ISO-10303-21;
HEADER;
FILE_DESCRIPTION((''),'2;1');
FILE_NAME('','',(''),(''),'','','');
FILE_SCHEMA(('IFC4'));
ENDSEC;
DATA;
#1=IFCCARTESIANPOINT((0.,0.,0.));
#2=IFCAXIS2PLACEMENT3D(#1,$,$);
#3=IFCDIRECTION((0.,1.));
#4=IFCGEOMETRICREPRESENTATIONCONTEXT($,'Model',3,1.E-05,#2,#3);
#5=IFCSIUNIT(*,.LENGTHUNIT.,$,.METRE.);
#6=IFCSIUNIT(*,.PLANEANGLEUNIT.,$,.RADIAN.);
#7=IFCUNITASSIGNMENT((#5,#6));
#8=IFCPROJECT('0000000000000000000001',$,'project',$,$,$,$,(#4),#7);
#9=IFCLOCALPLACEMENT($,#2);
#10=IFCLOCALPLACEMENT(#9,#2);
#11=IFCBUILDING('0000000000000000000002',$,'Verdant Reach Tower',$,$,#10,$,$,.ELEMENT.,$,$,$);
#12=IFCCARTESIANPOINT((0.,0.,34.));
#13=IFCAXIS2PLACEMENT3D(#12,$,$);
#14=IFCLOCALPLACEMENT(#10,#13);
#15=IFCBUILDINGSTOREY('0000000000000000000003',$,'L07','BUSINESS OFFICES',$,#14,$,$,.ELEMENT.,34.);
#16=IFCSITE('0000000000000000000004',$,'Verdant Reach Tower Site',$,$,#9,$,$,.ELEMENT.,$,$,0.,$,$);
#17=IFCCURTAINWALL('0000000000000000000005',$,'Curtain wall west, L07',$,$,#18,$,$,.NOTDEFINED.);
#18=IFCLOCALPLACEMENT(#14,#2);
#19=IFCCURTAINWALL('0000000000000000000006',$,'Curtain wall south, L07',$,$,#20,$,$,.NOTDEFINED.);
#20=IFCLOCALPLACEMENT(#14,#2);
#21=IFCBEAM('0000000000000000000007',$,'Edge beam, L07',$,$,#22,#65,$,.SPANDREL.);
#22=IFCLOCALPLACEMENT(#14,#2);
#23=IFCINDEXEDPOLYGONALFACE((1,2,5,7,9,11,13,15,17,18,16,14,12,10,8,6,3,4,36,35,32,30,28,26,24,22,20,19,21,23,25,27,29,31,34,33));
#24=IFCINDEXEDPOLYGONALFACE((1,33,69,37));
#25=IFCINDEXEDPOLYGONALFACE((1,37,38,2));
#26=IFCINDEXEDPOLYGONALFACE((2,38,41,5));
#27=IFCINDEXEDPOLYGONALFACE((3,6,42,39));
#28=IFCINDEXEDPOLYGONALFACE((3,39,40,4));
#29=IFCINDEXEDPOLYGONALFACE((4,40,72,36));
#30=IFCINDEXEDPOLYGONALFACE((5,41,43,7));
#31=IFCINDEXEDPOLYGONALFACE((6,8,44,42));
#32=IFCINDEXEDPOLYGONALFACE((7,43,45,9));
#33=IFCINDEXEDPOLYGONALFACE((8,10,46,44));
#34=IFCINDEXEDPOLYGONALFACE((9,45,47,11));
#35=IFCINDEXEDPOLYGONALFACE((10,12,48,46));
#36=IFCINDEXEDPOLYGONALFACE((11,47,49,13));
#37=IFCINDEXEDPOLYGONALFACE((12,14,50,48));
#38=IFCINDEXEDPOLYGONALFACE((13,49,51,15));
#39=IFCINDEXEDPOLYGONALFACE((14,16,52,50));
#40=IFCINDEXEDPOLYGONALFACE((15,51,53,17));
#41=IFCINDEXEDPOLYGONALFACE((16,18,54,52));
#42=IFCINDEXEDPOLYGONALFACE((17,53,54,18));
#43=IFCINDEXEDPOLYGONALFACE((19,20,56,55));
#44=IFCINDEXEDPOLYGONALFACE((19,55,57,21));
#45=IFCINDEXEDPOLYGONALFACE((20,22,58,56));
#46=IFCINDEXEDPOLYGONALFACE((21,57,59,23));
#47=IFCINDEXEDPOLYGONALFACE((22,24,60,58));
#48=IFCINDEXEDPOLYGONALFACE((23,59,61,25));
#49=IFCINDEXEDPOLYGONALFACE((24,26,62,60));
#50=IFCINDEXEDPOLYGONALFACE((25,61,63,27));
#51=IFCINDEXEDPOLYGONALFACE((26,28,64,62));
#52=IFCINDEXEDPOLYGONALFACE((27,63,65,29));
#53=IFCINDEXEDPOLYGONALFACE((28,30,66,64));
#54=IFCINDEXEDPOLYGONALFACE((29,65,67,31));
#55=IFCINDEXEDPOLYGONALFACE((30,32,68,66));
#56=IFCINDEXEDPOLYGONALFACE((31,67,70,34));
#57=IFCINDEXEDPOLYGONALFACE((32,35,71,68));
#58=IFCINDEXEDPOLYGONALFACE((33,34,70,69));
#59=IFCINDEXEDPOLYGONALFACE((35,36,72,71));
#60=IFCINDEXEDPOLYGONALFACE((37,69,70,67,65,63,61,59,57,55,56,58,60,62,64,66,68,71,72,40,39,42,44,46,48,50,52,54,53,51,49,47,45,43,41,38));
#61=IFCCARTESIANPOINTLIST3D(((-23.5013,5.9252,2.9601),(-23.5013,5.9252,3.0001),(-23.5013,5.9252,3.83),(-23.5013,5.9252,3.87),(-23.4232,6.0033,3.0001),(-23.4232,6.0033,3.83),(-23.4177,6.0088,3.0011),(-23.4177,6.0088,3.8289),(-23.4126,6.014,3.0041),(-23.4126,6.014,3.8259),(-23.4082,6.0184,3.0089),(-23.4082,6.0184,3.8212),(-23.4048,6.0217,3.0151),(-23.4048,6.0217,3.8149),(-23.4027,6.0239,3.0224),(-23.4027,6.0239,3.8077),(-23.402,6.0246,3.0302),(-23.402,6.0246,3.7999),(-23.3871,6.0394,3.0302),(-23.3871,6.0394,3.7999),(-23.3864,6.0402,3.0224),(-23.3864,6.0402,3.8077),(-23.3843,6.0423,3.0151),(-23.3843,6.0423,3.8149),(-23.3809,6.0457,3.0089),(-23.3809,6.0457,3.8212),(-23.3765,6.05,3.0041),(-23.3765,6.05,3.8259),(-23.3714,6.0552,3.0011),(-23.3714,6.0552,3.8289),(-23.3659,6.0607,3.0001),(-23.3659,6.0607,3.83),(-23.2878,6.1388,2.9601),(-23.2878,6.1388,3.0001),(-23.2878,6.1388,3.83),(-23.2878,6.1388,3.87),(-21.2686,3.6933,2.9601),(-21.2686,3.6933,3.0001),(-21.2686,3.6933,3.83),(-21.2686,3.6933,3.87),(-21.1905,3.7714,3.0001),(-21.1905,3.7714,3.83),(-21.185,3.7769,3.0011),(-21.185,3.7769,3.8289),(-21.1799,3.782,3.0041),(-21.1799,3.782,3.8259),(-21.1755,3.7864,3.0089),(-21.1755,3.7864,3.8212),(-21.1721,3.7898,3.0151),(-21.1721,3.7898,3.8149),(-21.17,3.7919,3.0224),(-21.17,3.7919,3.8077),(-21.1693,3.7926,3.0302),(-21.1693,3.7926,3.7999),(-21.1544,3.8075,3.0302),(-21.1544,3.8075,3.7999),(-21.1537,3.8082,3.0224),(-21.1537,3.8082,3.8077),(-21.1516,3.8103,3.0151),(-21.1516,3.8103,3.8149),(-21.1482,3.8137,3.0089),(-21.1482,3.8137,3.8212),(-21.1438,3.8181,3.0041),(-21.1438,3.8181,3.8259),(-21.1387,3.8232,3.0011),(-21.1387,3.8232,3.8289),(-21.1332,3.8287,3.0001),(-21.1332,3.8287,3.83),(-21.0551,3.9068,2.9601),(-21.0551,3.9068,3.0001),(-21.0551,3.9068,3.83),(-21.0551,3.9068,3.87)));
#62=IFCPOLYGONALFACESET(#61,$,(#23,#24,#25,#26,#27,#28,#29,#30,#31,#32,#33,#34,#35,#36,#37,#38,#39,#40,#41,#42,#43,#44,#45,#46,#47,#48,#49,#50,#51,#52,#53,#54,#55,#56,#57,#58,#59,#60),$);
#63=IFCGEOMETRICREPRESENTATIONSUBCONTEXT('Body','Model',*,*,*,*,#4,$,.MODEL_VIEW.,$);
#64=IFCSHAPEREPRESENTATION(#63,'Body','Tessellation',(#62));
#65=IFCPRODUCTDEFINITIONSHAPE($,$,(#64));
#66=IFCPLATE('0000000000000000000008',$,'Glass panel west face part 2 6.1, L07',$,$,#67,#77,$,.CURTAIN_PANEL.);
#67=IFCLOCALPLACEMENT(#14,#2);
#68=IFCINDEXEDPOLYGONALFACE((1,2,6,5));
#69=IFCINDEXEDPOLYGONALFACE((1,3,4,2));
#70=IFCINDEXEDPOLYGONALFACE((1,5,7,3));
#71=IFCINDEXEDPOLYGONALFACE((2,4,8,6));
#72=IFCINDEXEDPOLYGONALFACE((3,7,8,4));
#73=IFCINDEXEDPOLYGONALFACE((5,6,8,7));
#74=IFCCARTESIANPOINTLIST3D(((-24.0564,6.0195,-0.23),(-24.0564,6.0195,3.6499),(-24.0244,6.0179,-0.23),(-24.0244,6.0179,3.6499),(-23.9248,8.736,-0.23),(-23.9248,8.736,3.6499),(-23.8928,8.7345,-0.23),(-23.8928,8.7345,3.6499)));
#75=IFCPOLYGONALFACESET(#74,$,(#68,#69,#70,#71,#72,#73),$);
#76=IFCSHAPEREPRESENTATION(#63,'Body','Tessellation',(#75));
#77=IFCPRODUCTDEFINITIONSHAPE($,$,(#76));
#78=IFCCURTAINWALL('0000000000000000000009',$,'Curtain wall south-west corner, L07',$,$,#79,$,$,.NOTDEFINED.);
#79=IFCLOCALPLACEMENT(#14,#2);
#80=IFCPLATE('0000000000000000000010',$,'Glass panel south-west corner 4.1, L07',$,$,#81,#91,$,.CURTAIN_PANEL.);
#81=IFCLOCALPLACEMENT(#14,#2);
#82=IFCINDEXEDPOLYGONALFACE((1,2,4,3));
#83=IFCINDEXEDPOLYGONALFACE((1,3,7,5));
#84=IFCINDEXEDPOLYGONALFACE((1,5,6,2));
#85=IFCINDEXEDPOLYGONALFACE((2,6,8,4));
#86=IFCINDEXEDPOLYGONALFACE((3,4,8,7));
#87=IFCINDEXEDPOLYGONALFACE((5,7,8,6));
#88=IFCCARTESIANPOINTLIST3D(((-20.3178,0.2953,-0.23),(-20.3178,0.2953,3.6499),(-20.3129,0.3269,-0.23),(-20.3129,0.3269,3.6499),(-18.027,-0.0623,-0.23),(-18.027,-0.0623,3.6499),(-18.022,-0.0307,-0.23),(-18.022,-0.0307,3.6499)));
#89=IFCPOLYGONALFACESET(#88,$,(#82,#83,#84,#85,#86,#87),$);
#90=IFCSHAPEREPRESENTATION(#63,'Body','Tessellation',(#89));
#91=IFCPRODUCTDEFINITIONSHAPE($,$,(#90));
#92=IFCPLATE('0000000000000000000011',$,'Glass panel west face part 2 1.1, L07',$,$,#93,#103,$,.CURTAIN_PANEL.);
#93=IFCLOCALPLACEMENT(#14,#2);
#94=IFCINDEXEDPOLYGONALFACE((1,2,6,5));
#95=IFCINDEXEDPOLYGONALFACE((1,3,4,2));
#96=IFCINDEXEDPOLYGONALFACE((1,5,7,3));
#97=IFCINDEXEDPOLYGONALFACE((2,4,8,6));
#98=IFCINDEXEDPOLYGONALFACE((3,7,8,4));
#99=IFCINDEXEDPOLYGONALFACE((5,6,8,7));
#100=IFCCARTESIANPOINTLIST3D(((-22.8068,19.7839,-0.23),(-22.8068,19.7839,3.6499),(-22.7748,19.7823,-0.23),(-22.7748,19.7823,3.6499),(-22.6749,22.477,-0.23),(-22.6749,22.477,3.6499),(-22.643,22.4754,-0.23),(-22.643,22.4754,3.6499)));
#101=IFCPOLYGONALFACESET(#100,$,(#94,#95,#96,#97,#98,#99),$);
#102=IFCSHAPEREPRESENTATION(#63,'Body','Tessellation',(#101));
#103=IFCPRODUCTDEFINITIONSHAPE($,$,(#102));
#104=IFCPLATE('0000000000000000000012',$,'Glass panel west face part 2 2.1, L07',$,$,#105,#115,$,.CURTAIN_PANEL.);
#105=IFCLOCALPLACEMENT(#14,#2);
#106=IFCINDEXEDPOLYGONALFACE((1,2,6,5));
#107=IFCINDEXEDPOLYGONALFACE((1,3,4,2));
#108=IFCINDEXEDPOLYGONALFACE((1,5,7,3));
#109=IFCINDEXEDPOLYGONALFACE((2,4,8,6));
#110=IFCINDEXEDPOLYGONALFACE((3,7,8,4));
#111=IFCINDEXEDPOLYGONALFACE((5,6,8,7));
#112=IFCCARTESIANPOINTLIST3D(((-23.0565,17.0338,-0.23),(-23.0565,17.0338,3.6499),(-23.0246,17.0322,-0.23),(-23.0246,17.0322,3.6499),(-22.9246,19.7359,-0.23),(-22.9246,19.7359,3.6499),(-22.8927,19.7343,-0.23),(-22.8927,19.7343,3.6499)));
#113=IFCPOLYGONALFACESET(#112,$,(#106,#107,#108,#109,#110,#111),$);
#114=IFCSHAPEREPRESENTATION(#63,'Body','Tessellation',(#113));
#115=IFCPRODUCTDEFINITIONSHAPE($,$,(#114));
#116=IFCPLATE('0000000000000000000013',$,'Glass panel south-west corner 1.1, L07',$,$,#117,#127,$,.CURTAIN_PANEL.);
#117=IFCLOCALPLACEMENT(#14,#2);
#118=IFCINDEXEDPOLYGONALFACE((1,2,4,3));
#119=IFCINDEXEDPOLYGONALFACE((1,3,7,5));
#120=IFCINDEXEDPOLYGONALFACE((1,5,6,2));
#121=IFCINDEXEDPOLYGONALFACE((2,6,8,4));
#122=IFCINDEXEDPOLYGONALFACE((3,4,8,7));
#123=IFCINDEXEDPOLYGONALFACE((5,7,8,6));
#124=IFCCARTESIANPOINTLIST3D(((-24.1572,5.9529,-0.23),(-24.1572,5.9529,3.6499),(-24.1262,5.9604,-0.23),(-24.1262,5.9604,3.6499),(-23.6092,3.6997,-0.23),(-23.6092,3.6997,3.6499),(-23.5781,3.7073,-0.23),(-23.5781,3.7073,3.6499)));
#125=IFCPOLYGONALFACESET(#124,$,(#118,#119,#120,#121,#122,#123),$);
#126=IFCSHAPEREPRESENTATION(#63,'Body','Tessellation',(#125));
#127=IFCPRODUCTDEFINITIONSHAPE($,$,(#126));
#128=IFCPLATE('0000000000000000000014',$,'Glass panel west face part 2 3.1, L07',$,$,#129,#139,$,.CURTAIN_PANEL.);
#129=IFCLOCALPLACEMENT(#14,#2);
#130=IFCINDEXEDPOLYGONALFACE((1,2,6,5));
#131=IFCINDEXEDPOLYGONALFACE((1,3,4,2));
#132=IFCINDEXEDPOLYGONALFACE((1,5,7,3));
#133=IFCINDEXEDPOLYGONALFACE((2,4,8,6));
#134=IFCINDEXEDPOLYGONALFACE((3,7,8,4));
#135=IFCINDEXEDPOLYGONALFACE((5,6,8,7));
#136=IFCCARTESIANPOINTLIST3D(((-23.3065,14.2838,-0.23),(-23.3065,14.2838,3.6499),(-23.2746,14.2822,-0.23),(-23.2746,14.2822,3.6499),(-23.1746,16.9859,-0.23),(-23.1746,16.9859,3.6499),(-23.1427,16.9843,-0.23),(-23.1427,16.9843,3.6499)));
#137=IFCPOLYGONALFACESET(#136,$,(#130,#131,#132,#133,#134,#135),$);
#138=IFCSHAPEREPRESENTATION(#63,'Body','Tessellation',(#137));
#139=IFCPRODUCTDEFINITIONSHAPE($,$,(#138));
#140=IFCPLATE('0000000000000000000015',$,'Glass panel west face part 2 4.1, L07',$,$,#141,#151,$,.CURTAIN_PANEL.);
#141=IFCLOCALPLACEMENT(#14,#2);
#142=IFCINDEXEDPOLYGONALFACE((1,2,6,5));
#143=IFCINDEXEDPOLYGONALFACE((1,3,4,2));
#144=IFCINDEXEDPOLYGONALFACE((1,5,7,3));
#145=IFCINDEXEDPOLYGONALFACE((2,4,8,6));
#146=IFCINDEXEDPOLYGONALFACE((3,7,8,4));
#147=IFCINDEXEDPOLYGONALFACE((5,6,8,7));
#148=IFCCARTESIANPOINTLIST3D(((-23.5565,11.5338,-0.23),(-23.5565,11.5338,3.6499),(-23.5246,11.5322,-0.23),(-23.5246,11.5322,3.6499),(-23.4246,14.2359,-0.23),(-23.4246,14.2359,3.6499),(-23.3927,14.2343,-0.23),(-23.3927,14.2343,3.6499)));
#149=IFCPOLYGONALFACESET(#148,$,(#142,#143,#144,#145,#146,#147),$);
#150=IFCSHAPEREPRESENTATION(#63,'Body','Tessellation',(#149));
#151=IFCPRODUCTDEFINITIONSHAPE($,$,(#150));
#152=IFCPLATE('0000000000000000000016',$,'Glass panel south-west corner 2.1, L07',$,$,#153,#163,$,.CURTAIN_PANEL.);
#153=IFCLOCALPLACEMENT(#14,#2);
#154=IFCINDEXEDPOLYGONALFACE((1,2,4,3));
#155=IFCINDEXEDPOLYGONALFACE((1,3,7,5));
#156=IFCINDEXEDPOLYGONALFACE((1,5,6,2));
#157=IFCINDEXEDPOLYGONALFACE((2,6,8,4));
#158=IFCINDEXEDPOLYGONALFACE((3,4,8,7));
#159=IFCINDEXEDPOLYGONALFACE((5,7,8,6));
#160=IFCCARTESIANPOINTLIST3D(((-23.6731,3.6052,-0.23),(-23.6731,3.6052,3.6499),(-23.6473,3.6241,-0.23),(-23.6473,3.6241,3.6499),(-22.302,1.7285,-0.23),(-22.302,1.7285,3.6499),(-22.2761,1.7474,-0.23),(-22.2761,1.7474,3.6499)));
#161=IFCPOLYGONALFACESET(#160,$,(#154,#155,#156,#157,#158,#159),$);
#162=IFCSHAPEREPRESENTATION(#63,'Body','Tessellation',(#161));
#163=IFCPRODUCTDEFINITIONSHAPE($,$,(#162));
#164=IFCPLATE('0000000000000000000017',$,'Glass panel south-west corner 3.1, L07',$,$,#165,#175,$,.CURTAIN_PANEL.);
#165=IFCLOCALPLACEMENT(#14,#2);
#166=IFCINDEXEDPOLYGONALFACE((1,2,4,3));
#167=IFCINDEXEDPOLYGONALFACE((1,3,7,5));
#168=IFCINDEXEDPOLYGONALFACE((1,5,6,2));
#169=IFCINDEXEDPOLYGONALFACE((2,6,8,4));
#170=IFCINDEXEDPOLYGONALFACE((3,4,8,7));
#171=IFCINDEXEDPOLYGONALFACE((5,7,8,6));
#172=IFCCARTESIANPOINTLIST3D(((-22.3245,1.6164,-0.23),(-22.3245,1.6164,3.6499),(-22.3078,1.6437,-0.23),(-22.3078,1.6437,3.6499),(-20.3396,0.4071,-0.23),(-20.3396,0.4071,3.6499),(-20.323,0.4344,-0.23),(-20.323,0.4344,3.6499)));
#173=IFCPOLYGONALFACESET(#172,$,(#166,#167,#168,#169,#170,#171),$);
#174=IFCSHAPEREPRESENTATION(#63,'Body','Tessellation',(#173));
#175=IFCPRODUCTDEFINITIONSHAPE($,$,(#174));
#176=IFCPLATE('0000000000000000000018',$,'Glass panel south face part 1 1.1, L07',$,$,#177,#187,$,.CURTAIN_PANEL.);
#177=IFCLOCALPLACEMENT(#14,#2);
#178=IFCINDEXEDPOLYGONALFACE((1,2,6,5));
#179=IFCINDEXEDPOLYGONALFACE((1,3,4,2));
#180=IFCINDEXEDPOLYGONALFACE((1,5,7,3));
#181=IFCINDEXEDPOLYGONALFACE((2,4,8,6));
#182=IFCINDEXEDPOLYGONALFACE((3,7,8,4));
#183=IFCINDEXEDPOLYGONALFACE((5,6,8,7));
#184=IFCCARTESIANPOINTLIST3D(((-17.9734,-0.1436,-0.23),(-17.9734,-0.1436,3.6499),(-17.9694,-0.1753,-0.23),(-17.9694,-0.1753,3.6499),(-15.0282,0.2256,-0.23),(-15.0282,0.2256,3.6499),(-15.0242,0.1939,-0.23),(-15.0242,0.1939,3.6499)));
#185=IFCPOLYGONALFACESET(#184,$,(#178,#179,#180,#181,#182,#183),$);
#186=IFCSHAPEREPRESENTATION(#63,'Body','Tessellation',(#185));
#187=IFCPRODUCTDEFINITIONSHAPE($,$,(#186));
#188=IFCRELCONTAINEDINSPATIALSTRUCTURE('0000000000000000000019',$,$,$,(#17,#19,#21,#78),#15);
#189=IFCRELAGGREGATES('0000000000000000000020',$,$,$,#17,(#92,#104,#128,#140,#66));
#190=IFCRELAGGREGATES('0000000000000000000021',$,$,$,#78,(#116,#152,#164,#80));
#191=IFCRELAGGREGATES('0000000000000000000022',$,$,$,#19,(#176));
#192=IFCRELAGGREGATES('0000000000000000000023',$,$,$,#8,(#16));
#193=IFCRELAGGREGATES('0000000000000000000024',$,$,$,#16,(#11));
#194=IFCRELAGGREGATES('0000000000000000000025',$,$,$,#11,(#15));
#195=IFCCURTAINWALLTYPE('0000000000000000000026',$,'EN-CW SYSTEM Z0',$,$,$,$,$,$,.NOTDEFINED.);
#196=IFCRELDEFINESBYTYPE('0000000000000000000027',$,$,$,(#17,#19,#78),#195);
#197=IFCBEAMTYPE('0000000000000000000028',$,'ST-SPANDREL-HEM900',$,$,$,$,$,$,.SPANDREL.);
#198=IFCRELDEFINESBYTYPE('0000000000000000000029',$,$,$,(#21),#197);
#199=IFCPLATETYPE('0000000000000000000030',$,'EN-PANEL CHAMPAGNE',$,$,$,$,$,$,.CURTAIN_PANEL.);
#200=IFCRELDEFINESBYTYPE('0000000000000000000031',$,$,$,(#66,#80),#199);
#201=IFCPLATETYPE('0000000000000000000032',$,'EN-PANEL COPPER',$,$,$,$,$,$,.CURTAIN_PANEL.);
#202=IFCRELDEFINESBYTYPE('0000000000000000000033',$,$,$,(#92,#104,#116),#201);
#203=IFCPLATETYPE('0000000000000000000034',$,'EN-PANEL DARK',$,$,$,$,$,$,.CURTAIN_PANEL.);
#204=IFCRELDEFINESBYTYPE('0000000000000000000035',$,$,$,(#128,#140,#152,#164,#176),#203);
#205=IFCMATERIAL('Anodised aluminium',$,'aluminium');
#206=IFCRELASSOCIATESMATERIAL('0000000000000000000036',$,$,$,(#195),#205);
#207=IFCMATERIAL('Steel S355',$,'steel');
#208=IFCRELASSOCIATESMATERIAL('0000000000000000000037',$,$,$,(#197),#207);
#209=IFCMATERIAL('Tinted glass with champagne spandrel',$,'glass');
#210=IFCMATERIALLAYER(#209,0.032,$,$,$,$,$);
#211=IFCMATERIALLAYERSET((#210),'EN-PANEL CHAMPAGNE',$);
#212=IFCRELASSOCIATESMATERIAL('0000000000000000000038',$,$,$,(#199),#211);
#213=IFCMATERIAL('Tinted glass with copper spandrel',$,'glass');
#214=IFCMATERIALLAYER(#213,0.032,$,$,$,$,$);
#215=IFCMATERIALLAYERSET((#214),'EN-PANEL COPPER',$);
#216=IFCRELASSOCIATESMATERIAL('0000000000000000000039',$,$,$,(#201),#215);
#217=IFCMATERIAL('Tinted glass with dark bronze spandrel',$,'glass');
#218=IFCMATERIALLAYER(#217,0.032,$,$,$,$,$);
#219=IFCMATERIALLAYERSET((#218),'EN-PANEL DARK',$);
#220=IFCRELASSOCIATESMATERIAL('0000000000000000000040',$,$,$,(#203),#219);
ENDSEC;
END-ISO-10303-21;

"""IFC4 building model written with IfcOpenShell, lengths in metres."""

from ifc_helpers import new_model, si_unit, direction, frame, origin, origin_2d, place, context, subcontext, project, spatial, rectangle, i_section, extrude, material, layer, layer_set, material_profile, profile_set, type_object, element, aggregate, save


model = new_model("IFC4")

# Units and contexts
model_context = context("Model", 3, precision=1e-05, world=origin(), true_north=direction((0.0, 1.0)))
body_context = subcontext(model_context, "Body", "Model", "MODEL_VIEW")
ifc_project = project(units=[si_unit("LENGTHUNIT", "METRE"), si_unit("PLANEANGLEUNIT", "RADIAN")], contexts=[model_context])

# Site, building, storey
site_placement = place(None, origin())
site = spatial("IfcSite", under=ifc_project, at=site_placement, Name="Verdant Reach Tower Site", CompositionType="ELEMENT", RefElevation=0.0)
building_placement = place(site_placement, origin())
building = spatial("IfcBuilding", under=site, at=building_placement, Name="Verdant Reach Tower", CompositionType="ELEMENT")
storey_placement = place(building_placement, frame((0.0, 0.0, 34.0)))
storey = spatial("IfcBuildingStorey", under=building, at=storey_placement, Name="L07", Description="BUSINESS OFFICES", CompositionType="ELEMENT", Elevation=34.0)

# Curtain wall
ifc_material_1 = material(Name="Anodised aluminium", Category="aluminium")
curtain_wall_type = type_object("IfcCurtainWallType", Name="EN-CW SYSTEM Z0", PredefinedType="NOTDEFINED", material=ifc_material_1)
curtain_wall_1_placement = place(storey_placement, origin())
curtain_wall_1 = element("IfcCurtainWall", 1, at=curtain_wall_1_placement, inside=storey, type_object=curtain_wall_type, Name="Curtain wall west, L07", PredefinedType="NOTDEFINED")

# Curtain wall
curtain_wall_2_placement = place(storey_placement, origin())
curtain_wall_2 = element("IfcCurtainWall", 2, at=curtain_wall_2_placement, inside=storey, type_object=curtain_wall_type, Name="Curtain wall south, L07", PredefinedType="NOTDEFINED")

# Beam
ifc_material_2 = material(Name="Steel S355", Category="steel")
ifc_material_profile_1 = material_profile(ifc_material_2, i_section(OverallWidth=0.302, OverallDepth=0.9099, WebThickness=0.021, FlangeThickness=0.04, FilletRadius=0.03, at=origin_2d()), Name="HEM 900")
ifc_profile_set_1 = profile_set([ifc_material_profile_1], Name="Steel S355")
beam_type_1 = type_object("IfcBeamType", Name="ST-SPANDREL-HEM900", PredefinedType="SPANDREL", material=ifc_profile_set_1)
beam_1_placement = place(storey_placement, frame((-21.1619, 3.8, 3.415), z_axis=(-0.707223, 0.706991, 0.0), x_axis=(-0.706991, -0.707223, 0.0)))
element("IfcBeam", 3, at=beam_1_placement, inside=storey, type_object=beam_type_1, Name="Edge beam, L07", PredefinedType="SPANDREL", context=body_context, shape_type="SweptSolid", body=[
    extrude(i_section(OverallWidth=0.302, OverallDepth=0.9099, WebThickness=0.021, FlangeThickness=0.04, FilletRadius=0.03, at=origin_2d()), origin(), (0.0, 0.0, 1.0), 3.157),
])

# Plate
ifc_material_3 = material(Name="Tinted glass with champagne spandrel", Category="glass")
ifc_layer_1 = layer(ifc_material_3, 0.032)
ifc_layer_set_1 = layer_set([ifc_layer_1], Name="EN-PANEL CHAMPAGNE")
plate_type_1 = type_object("IfcPlateType", Name="EN-PANEL CHAMPAGNE", PredefinedType="CURTAIN_PANEL", material=ifc_layer_set_1)
plate_1_placement = place(storey_placement, frame((-23.9746, 7.377, -0.23), z_axis=(0.0, 0.0, 1.0), x_axis=(-0.048383, -0.998829, 0.0)))
plate_1 = element("IfcPlate", 4, at=plate_1_placement, type_object=plate_type_1, Name="Glass panel west face part 2 6.1, L07", PredefinedType="CURTAIN_PANEL", context=body_context, shape_type="SweptSolid", body=[
    extrude(rectangle(XDim=2.7197, YDim=0.032, at=origin_2d()), origin(), (0.0, 0.0, 1.0), 3.8799),
])

# Curtain wall, plate
curtain_wall_3_placement = place(storey_placement, origin())
curtain_wall_3 = element("IfcCurtainWall", 5, at=curtain_wall_3_placement, inside=storey, type_object=curtain_wall_type, Name="Curtain wall south-west corner, L07", PredefinedType="NOTDEFINED")
plate_2_placement = place(storey_placement, frame((-19.1699, 0.1323, -0.23), z_axis=(0.0, 0.0, 1.0), x_axis=(0.988035, -0.154233, 0.0)))
plate_2 = element("IfcPlate", 6, at=plate_2_placement, type_object=plate_type_1, Name="Glass panel south-west corner 4.1, L07", PredefinedType="CURTAIN_PANEL", context=body_context, shape_type="SweptSolid", body=[
    extrude(rectangle(XDim=2.3186, YDim=0.032, at=origin_2d()), origin(), (0.0, 0.0, 1.0), 3.8799),
])

# Plates
ifc_material_4 = material(Name="Tinted glass with copper spandrel", Category="glass")
ifc_layer_2 = layer(ifc_material_4, 0.032)
ifc_layer_set_2 = layer_set([ifc_layer_2], Name="EN-PANEL COPPER")
plate_type_2 = type_object("IfcPlateType", Name="EN-PANEL COPPER", PredefinedType="CURTAIN_PANEL", material=ifc_layer_set_2)
plate_3_placement = place(storey_placement, frame((-22.7249, 21.1296, -0.23), z_axis=(0.0, 0.0, 1.0), x_axis=(-0.048902, -0.998804, 0.0)))
plate_3 = element("IfcPlate", 7, at=plate_3_placement, type_object=plate_type_2, Name="Glass panel west face part 2 1.1, L07", PredefinedType="CURTAIN_PANEL", context=body_context, shape_type="SweptSolid", body=[
    extrude(rectangle(XDim=2.6963, YDim=0.032, at=origin_2d()), origin(), (0.0, 0.0, 1.0), 3.8799),
])
plate_4_placement = place(storey_placement, frame((-22.9746, 18.384, -0.23), z_axis=(0.0, 0.0, 1.0), x_axis=(-0.048753, -0.998811, 0.0)))
plate_4 = element("IfcPlate", 8, at=plate_4_placement, type_object=plate_type_2, Name="Glass panel west face part 2 2.1, L07", PredefinedType="CURTAIN_PANEL", context=body_context, shape_type="SweptSolid", body=[
    extrude(rectangle(XDim=2.7053, YDim=0.032, at=origin_2d()), origin(), (0.0, 0.0, 1.0), 3.8799),
])
plate_5_placement = place(storey_placement, frame((-23.8677, 4.8301, -0.23), z_axis=(0.0, 0.0, 1.0), x_axis=(0.236347, -0.971669, 0.0)))
plate_5 = element("IfcPlate", 9, at=plate_5_placement, type_object=plate_type_2, Name="Glass panel south-west corner 1.1, L07", PredefinedType="CURTAIN_PANEL", context=body_context, shape_type="SweptSolid", body=[
    extrude(rectangle(XDim=2.3188, YDim=0.032, at=origin_2d()), origin(), (0.0, 0.0, 1.0), 3.8799),
])
ifc_material_5 = material(Name="Tinted glass with dark bronze spandrel", Category="glass")
ifc_layer_3 = layer(ifc_material_5, 0.032)
ifc_layer_set_3 = layer_set([ifc_layer_3], Name="EN-PANEL DARK")
plate_type_3 = type_object("IfcPlateType", Name="EN-PANEL DARK", PredefinedType="CURTAIN_PANEL", material=ifc_layer_set_3)
plate_6_placement = place(storey_placement, frame((-23.2246, 15.634, -0.23), z_axis=(0.0, 0.0, 1.0), x_axis=(-0.048753, -0.998811, 0.0)))
plate_6 = element("IfcPlate", 10, at=plate_6_placement, type_object=plate_type_3, Name="Glass panel west face part 2 3.1, L07", PredefinedType="CURTAIN_PANEL", context=body_context, shape_type="SweptSolid", body=[
    extrude(rectangle(XDim=2.7053, YDim=0.032, at=origin_2d()), origin(), (0.0, 0.0, 1.0), 3.8799),
])
plate_7_placement = place(storey_placement, frame((-23.4746, 12.884, -0.23), z_axis=(0.0, 0.0, 1.0), x_axis=(-0.048753, -0.998811, 0.0)))
plate_7 = element("IfcPlate", 11, at=plate_7_placement, type_object=plate_type_3, Name="Glass panel west face part 2 4.1, L07", PredefinedType="CURTAIN_PANEL", context=body_context, shape_type="SweptSolid", body=[
    extrude(rectangle(XDim=2.7053, YDim=0.032, at=origin_2d()), origin(), (0.0, 0.0, 1.0), 3.8799),
])
aggregate(curtain_wall_1, [plate_3, plate_4, plate_6, plate_7, plate_1])
plate_8_placement = place(storey_placement, frame((-22.9746, 2.6763, -0.23), z_axis=(0.0, 0.0, 1.0), x_axis=(0.589927, -0.807457, 0.0)))
plate_8 = element("IfcPlate", 12, at=plate_8_placement, type_object=plate_type_3, Name="Glass panel south-west corner 2.1, L07", PredefinedType="CURTAIN_PANEL", context=body_context, shape_type="SweptSolid", body=[
    extrude(rectangle(XDim=2.3242, YDim=0.032, at=origin_2d()), origin(), (0.0, 0.0, 1.0), 3.8799),
])
plate_9_placement = place(storey_placement, frame((-21.3237, 1.0254, -0.23), z_axis=(0.0, 0.0, 1.0), x_axis=(0.853989, -0.520292, 0.0)))
plate_9 = element("IfcPlate", 13, at=plate_9_placement, type_object=plate_type_3, Name="Glass panel south-west corner 3.1, L07", PredefinedType="CURTAIN_PANEL", context=body_context, shape_type="SweptSolid", body=[
    extrude(rectangle(XDim=2.3242, YDim=0.032, at=origin_2d()), origin(), (0.0, 0.0, 1.0), 3.8799),
])
aggregate(curtain_wall_3, [plate_5, plate_8, plate_9, plate_2])
plate_10_placement = place(storey_placement, frame((-16.4988, 0.0251, -0.23), z_axis=(0.0, 0.0, 1.0), x_axis=(0.992234, 0.124384, 0.0)))
plate_10 = element("IfcPlate", 14, at=plate_10_placement, type_object=plate_type_3, Name="Glass panel south face part 1 1.1, L07", PredefinedType="CURTAIN_PANEL", context=body_context, shape_type="SweptSolid", body=[
    extrude(rectangle(XDim=2.9683, YDim=0.032, at=origin_2d()), origin(), (0.0, 0.0, 1.0), 3.8799),
])
aggregate(curtain_wall_2, [plate_10])

save(model, "model.ifc")
